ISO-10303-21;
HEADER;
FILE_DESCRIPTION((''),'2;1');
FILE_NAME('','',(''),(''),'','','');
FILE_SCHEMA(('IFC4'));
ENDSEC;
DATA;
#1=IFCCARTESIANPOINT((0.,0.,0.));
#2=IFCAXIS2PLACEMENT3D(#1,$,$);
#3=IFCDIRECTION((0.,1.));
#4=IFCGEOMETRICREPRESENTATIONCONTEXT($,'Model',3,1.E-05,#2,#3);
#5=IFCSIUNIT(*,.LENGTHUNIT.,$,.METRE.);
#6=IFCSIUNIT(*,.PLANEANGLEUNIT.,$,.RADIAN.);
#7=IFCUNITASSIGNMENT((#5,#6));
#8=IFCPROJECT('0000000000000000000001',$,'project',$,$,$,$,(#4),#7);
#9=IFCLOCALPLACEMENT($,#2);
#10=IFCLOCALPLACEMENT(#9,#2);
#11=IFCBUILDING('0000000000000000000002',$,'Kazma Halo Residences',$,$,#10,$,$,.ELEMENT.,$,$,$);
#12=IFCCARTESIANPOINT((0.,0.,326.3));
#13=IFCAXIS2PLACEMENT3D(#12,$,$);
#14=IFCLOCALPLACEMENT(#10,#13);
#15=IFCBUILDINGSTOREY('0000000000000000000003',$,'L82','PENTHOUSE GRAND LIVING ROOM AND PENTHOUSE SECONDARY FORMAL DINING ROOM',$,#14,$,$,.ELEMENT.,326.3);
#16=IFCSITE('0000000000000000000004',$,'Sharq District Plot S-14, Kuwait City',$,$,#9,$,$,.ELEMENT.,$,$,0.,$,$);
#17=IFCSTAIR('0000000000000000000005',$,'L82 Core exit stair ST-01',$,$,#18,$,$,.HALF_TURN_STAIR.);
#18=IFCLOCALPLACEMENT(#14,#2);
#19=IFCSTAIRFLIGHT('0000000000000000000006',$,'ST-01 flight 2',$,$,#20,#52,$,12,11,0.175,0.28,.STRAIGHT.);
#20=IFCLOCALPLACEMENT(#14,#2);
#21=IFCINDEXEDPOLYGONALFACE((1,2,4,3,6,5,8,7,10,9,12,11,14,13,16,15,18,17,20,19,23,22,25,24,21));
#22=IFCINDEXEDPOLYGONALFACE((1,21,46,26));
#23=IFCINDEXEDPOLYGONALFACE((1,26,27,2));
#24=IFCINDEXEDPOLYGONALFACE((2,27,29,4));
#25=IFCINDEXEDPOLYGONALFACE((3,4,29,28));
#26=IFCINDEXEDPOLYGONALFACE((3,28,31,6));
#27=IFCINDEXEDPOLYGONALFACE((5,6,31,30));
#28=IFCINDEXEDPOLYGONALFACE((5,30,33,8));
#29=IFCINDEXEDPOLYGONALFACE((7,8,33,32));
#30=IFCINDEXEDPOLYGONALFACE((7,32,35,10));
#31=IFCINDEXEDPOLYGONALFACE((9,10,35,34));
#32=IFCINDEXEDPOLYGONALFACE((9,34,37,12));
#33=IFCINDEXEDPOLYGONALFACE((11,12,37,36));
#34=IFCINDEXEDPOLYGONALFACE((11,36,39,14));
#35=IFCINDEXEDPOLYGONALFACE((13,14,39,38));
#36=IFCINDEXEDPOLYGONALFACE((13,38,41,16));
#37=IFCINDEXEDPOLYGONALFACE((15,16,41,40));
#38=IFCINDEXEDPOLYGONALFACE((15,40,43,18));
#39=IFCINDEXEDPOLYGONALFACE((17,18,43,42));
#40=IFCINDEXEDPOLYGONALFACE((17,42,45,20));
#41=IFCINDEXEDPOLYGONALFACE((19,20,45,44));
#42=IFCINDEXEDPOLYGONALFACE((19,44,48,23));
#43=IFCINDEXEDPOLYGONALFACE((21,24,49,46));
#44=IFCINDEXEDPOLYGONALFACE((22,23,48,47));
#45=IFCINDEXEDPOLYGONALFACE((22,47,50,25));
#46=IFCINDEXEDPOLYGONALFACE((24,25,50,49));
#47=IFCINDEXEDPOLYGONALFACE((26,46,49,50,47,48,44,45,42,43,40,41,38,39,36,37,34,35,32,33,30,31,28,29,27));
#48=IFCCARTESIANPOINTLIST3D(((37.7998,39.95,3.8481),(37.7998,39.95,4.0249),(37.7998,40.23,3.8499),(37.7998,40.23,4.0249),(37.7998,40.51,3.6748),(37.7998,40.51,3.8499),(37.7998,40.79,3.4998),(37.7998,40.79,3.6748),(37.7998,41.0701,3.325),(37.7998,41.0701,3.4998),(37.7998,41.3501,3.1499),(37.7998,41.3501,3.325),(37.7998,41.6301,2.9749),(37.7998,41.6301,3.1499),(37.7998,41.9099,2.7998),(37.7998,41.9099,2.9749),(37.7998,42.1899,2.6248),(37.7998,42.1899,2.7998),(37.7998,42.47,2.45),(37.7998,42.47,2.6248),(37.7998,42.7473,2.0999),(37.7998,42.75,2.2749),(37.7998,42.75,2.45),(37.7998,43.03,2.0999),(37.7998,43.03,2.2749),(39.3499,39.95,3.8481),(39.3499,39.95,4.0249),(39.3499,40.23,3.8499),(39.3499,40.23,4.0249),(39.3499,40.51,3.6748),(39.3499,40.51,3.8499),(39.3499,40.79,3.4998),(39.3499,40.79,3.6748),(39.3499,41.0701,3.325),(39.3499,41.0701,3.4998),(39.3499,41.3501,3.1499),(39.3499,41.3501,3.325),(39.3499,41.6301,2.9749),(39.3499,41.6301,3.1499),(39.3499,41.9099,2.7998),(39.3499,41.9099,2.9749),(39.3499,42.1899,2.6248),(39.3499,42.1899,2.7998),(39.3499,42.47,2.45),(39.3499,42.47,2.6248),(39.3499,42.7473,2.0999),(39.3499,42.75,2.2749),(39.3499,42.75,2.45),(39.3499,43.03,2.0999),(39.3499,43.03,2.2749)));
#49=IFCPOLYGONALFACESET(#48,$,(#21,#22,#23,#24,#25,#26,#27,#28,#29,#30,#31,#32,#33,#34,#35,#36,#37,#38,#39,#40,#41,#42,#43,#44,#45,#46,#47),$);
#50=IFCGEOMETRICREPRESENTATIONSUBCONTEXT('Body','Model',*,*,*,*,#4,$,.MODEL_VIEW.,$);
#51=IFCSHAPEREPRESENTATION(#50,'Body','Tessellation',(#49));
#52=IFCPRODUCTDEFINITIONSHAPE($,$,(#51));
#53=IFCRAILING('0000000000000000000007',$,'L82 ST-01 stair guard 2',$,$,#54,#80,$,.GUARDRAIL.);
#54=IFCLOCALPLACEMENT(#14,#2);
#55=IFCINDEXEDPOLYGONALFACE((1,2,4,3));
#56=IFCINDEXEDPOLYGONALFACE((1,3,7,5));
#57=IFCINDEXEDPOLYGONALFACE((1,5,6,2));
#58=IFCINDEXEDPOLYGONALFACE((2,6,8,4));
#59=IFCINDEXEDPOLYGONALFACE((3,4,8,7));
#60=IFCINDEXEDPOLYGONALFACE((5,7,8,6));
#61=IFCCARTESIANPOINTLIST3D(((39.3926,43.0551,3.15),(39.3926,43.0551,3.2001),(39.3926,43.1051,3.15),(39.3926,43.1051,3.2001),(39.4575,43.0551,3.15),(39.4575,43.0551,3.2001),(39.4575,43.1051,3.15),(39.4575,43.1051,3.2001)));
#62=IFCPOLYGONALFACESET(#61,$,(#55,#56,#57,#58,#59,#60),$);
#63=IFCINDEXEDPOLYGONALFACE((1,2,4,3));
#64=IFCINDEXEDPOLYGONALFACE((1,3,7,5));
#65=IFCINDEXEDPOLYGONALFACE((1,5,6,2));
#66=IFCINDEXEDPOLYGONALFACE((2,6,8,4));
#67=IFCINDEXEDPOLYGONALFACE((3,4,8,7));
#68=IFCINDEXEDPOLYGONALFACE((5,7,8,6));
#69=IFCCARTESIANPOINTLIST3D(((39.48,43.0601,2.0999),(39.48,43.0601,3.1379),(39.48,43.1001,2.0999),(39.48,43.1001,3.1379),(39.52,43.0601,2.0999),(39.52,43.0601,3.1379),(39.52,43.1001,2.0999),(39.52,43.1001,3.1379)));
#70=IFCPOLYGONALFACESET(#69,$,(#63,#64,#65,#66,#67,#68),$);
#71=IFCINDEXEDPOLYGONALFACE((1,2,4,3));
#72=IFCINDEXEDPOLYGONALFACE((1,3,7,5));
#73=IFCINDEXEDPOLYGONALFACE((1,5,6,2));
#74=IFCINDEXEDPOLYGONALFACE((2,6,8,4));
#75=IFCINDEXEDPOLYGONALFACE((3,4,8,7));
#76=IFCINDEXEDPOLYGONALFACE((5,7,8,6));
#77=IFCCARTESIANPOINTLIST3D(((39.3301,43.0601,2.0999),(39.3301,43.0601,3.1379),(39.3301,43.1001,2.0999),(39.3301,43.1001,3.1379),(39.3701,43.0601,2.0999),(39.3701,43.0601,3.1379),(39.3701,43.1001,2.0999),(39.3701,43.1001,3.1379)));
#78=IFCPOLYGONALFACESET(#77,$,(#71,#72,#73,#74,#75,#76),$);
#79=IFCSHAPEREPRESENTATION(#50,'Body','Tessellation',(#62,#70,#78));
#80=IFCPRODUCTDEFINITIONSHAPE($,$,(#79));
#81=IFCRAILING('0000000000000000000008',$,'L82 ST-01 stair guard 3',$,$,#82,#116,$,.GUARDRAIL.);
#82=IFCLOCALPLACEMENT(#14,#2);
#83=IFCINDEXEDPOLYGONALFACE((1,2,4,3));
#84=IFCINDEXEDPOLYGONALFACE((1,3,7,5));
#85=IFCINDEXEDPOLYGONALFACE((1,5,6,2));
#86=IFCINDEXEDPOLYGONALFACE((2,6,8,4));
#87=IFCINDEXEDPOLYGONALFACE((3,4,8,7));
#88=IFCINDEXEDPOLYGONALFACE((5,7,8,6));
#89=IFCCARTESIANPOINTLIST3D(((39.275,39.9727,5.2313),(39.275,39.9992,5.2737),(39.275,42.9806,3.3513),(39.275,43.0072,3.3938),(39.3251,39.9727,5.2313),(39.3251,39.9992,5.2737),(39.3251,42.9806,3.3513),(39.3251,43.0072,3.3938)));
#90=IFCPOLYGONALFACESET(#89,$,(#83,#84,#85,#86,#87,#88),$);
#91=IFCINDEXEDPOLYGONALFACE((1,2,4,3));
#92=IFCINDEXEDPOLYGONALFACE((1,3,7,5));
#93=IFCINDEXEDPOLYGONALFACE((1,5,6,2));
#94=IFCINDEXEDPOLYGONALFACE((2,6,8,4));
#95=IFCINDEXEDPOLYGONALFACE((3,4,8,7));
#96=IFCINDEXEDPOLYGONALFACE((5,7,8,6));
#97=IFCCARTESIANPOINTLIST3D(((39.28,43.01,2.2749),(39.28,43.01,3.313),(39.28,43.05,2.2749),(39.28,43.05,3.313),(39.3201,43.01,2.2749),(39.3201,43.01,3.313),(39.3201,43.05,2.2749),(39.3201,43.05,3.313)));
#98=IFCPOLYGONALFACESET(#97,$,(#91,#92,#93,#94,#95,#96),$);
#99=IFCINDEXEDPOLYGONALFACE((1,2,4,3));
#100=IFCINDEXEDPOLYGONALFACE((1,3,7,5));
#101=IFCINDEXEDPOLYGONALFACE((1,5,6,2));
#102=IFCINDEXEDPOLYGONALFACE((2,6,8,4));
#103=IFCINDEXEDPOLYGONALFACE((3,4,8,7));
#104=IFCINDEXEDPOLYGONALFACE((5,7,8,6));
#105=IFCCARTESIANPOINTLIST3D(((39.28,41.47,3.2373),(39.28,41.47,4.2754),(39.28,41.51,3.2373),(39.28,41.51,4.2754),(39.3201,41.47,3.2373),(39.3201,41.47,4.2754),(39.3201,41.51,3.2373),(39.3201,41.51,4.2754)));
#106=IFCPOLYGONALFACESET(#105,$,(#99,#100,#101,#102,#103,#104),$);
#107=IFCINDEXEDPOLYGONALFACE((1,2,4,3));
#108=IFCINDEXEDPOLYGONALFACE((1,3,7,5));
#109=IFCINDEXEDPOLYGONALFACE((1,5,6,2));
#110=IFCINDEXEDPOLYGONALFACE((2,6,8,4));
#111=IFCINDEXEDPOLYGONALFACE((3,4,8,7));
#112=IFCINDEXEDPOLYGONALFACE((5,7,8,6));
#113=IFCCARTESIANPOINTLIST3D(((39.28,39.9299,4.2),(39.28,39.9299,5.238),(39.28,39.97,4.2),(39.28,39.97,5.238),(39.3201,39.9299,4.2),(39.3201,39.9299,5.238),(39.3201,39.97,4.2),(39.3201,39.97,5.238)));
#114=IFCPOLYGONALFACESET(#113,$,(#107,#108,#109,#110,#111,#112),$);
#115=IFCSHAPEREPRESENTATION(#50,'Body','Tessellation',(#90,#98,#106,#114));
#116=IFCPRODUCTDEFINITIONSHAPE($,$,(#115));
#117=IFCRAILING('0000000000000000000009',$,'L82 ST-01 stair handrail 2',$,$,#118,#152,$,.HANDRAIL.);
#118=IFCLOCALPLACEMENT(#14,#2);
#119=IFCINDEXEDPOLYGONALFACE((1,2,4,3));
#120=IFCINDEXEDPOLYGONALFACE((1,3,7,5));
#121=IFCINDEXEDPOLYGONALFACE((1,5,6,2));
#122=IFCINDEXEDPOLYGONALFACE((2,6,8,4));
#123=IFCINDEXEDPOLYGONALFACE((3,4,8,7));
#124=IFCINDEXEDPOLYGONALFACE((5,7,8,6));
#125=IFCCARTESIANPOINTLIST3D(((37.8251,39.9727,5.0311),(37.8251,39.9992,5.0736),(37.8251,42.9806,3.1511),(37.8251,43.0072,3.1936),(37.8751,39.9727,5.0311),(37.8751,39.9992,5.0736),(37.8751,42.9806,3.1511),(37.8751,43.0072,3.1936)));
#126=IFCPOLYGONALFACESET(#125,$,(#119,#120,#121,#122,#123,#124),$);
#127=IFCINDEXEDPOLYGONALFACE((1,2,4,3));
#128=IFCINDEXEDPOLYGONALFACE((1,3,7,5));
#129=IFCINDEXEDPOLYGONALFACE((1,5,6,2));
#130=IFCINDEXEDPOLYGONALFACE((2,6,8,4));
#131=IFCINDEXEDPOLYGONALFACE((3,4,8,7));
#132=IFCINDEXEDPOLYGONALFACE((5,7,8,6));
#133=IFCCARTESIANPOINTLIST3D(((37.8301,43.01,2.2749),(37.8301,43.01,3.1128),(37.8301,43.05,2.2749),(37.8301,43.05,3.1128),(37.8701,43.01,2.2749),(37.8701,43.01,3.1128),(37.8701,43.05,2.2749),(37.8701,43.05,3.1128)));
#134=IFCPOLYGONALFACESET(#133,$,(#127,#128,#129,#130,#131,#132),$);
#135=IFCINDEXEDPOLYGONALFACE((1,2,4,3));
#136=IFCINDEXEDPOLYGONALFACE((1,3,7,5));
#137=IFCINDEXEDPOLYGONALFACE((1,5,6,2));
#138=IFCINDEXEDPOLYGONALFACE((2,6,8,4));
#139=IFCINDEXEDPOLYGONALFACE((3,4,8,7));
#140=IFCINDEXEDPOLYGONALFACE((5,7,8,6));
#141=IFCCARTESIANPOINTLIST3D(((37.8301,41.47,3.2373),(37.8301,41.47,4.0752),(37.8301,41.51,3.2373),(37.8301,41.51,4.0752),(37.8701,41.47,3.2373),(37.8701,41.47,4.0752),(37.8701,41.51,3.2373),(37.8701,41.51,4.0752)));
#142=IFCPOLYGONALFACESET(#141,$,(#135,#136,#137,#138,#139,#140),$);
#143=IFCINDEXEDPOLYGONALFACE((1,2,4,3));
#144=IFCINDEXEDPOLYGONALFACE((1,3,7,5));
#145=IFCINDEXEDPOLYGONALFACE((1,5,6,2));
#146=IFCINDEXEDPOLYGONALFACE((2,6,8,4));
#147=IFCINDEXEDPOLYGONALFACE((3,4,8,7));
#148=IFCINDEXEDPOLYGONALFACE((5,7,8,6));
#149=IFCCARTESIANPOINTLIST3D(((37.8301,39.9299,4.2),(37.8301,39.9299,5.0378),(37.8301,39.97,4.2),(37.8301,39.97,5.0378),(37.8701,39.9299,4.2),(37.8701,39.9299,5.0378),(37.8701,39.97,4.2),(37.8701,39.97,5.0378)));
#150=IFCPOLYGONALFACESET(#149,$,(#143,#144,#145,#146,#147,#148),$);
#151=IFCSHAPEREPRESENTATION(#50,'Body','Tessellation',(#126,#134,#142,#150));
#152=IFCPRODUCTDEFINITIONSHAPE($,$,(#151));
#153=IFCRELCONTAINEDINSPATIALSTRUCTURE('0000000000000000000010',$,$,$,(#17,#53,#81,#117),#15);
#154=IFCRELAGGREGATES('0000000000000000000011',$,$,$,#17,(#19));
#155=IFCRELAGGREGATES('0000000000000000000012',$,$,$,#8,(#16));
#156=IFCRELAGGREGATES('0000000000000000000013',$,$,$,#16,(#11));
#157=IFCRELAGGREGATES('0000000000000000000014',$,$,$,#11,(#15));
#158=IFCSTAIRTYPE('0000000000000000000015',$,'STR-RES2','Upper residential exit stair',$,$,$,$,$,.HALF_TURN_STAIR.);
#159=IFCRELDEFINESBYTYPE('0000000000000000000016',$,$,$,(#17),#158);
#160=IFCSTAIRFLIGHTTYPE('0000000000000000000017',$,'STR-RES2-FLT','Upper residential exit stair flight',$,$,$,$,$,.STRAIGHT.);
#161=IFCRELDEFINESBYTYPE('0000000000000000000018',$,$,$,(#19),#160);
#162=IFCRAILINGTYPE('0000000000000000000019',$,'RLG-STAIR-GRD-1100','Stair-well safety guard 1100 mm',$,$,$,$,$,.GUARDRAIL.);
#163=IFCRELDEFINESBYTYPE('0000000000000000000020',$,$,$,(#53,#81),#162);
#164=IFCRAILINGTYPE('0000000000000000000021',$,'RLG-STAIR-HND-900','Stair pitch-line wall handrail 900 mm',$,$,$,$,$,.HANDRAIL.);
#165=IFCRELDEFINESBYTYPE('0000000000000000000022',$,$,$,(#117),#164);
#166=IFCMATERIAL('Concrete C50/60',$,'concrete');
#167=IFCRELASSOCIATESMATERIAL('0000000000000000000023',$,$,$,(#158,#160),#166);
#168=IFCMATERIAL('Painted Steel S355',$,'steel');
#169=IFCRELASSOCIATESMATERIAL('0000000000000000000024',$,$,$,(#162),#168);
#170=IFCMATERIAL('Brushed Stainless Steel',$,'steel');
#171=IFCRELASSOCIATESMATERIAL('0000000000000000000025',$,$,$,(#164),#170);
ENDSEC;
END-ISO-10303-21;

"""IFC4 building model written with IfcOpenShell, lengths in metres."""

from ifc_helpers import new_model, si_unit, direction, frame, origin, origin_2d, place, context, subcontext, project, spatial, polyline, rectangle, outline, extrude, material, type_object, element, aggregate, save


model = new_model("IFC4")

# Units and contexts
model_context = context("Model", 3, precision=1e-05, world=origin(), true_north=direction((0.0, 1.0)))
body_context = subcontext(model_context, "Body", "Model", "MODEL_VIEW")
ifc_project = project(units=[si_unit("LENGTHUNIT", "METRE"), si_unit("PLANEANGLEUNIT", "RADIAN")], contexts=[model_context])

# Site, building, storey
site_placement = place(None, origin())
site = spatial("IfcSite", under=ifc_project, at=site_placement, Name="Sharq District Plot S-14, Kuwait City", CompositionType="ELEMENT", RefElevation=0.0)
building_placement = place(site_placement, origin())
building = spatial("IfcBuilding", under=site, at=building_placement, Name="Kazma Halo Residences", CompositionType="ELEMENT")
storey_placement = place(building_placement, frame((0.0, 0.0, 326.3)))
storey = spatial("IfcBuildingStorey", under=building, at=storey_placement, Name="L82", Description="PENTHOUSE GRAND LIVING ROOM AND PENTHOUSE SECONDARY FORMAL DINING ROOM", CompositionType="ELEMENT", Elevation=326.3)

# Stair, stair flight
ifc_material_1 = material(Name="Concrete C50/60", Category="concrete")
stair_type = type_object("IfcStairType", Name="STR-RES2", Description="Upper residential exit stair", PredefinedType="HALF_TURN_STAIR", material=ifc_material_1)
stair_placement = place(storey_placement, origin())
stair = element("IfcStair", 1, at=stair_placement, inside=storey, type_object=stair_type, Name="L82 Core exit stair ST-01", PredefinedType="HALF_TURN_STAIR")
stair_flight_type = type_object("IfcStairFlightType", Name="STR-RES2-FLT", Description="Upper residential exit stair flight", PredefinedType="STRAIGHT", material=ifc_material_1)
stair_flight_placement = place(storey_placement, frame((38.575, 43.03, 2.0999), z_axis=(0.0, 0.0, 1.0), x_axis=(0.0, -1.0, 0.0)))
stair_flight = element("IfcStairFlight", 2, at=stair_flight_placement, type_object=stair_flight_type, Name="ST-01 flight 2", NumberOfRisers=12, NumberOfTreads=11, PredefinedType="STRAIGHT", RiserHeight=0.175, TreadLength=0.28, context=body_context, shape_type="SweptSolid", body=[
    extrude(outline(polyline([(0.0, 0.0), (0.0, 0.175), (0.28, 0.175), (0.28, 0.3501), (0.5601, 0.3501), (0.5601, 0.5249), (0.8401, 0.5249), (0.8401, 0.7), (1.1201, 0.7), (1.1201, 0.875), (1.3999, 0.875), (1.3999, 1.05), (1.6799, 1.05), (1.6799, 1.2251), (1.96, 1.2251), (1.96, 1.3999), (2.24, 1.3999), (2.24, 1.575), (2.52, 1.575), (2.52, 1.75), (2.8, 1.75), (2.8, 1.925), (3.0801, 1.925), (3.0801, 2.1001), (3.0801, 1.7483), (0.2827, 0.0), (0.0, 0.0)])), frame((0.0, 0.7749, 0.0), z_axis=(0.0, -1.0, 0.0), x_axis=(1.0, 0.0, 0.0)), (0.0, 0.0, 1.0), 1.55),
])
aggregate(stair, [stair_flight])

# Railings
ifc_material_2 = material(Name="Painted Steel S355", Category="steel")
railing_type_1 = type_object("IfcRailingType", Name="RLG-STAIR-GRD-1100", Description="Stair-well safety guard 1100 mm", PredefinedType="GUARDRAIL", material=ifc_material_2)
railing_1_placement = place(storey_placement, frame((39.5, 43.0801, 2.0999)))
element("IfcRailing", 3, at=railing_1_placement, inside=storey, type_object=railing_type_1, Name="L82 ST-01 stair guard 2", PredefinedType="GUARDRAIL", context=body_context, shape_type="SweptSolid", body=[
    extrude(rectangle(XDim=0.05, YDim=0.05, at=origin_2d()), frame((-0.0425, 0.0, 1.0752), z_axis=(-1.0, 0.0, 0.0), x_axis=(0.0, -1.0, 0.0)), (0.0, 0.0, 1.0), 0.0649),
    extrude(rectangle(XDim=0.04, YDim=0.04, at=origin_2d()), origin(), (0.0, 0.0, 1.0), 1.0381),
    extrude(rectangle(XDim=0.04, YDim=0.04, at=origin_2d()), frame((-0.1499, 0.0, 0.0)), (0.0, 0.0, 1.0), 1.0381),
])
railing_2_placement = place(storey_placement, frame((39.3, 43.03, 2.2749)))
element("IfcRailing", 4, at=railing_2_placement, inside=storey, type_object=railing_type_1, Name="L82 ST-01 stair guard 3", PredefinedType="GUARDRAIL", context=body_context, shape_type="SweptSolid", body=[
    extrude(rectangle(XDim=0.05, YDim=0.05, at=origin_2d()), frame((0.0, -0.0361, 1.0977), z_axis=(0.0, -0.847998, 0.529999), x_axis=(1.0, 0.0, 0.0)), (0.0, 0.0, 1.0), 3.5471),
    extrude(rectangle(XDim=0.04, YDim=0.04, at=origin_2d()), origin(), (0.0, 0.0, 1.0), 1.0381),
    extrude(rectangle(XDim=0.04, YDim=0.04, at=origin_2d()), frame((0.0, -1.54, 0.9624)), (0.0, 0.0, 1.0), 1.0381),
    extrude(rectangle(XDim=0.04, YDim=0.04, at=origin_2d()), frame((0.0, -3.0801, 1.925)), (0.0, 0.0, 1.0), 1.0381),
])
ifc_material_3 = material(Name="Brushed Stainless Steel", Category="steel")
railing_type_2 = type_object("IfcRailingType", Name="RLG-STAIR-HND-900", Description="Stair pitch-line wall handrail 900 mm", PredefinedType="HANDRAIL", material=ifc_material_3)
railing_3_placement = place(storey_placement, frame((37.8501, 43.03, 2.2749)))
element("IfcRailing", 5, at=railing_3_placement, inside=storey, type_object=railing_type_2, Name="L82 ST-01 stair handrail 2", PredefinedType="HANDRAIL", context=body_context, shape_type="SweptSolid", body=[
    extrude(rectangle(XDim=0.05, YDim=0.05, at=origin_2d()), frame((0.0, -0.0361, 0.8975), z_axis=(0.0, -0.847998, 0.529999), x_axis=(1.0, 0.0, 0.0)), (0.0, 0.0, 1.0), 3.5471),
    extrude(rectangle(XDim=0.04, YDim=0.04, at=origin_2d()), origin(), (0.0, 0.0, 1.0), 0.8379),
    extrude(rectangle(XDim=0.04, YDim=0.04, at=origin_2d()), frame((0.0, -1.54, 0.9624)), (0.0, 0.0, 1.0), 0.8379),
    extrude(rectangle(XDim=0.04, YDim=0.04, at=origin_2d()), frame((0.0, -3.0801, 1.925)), (0.0, 0.0, 1.0), 0.8379),
])

save(model, "model.ifc")
